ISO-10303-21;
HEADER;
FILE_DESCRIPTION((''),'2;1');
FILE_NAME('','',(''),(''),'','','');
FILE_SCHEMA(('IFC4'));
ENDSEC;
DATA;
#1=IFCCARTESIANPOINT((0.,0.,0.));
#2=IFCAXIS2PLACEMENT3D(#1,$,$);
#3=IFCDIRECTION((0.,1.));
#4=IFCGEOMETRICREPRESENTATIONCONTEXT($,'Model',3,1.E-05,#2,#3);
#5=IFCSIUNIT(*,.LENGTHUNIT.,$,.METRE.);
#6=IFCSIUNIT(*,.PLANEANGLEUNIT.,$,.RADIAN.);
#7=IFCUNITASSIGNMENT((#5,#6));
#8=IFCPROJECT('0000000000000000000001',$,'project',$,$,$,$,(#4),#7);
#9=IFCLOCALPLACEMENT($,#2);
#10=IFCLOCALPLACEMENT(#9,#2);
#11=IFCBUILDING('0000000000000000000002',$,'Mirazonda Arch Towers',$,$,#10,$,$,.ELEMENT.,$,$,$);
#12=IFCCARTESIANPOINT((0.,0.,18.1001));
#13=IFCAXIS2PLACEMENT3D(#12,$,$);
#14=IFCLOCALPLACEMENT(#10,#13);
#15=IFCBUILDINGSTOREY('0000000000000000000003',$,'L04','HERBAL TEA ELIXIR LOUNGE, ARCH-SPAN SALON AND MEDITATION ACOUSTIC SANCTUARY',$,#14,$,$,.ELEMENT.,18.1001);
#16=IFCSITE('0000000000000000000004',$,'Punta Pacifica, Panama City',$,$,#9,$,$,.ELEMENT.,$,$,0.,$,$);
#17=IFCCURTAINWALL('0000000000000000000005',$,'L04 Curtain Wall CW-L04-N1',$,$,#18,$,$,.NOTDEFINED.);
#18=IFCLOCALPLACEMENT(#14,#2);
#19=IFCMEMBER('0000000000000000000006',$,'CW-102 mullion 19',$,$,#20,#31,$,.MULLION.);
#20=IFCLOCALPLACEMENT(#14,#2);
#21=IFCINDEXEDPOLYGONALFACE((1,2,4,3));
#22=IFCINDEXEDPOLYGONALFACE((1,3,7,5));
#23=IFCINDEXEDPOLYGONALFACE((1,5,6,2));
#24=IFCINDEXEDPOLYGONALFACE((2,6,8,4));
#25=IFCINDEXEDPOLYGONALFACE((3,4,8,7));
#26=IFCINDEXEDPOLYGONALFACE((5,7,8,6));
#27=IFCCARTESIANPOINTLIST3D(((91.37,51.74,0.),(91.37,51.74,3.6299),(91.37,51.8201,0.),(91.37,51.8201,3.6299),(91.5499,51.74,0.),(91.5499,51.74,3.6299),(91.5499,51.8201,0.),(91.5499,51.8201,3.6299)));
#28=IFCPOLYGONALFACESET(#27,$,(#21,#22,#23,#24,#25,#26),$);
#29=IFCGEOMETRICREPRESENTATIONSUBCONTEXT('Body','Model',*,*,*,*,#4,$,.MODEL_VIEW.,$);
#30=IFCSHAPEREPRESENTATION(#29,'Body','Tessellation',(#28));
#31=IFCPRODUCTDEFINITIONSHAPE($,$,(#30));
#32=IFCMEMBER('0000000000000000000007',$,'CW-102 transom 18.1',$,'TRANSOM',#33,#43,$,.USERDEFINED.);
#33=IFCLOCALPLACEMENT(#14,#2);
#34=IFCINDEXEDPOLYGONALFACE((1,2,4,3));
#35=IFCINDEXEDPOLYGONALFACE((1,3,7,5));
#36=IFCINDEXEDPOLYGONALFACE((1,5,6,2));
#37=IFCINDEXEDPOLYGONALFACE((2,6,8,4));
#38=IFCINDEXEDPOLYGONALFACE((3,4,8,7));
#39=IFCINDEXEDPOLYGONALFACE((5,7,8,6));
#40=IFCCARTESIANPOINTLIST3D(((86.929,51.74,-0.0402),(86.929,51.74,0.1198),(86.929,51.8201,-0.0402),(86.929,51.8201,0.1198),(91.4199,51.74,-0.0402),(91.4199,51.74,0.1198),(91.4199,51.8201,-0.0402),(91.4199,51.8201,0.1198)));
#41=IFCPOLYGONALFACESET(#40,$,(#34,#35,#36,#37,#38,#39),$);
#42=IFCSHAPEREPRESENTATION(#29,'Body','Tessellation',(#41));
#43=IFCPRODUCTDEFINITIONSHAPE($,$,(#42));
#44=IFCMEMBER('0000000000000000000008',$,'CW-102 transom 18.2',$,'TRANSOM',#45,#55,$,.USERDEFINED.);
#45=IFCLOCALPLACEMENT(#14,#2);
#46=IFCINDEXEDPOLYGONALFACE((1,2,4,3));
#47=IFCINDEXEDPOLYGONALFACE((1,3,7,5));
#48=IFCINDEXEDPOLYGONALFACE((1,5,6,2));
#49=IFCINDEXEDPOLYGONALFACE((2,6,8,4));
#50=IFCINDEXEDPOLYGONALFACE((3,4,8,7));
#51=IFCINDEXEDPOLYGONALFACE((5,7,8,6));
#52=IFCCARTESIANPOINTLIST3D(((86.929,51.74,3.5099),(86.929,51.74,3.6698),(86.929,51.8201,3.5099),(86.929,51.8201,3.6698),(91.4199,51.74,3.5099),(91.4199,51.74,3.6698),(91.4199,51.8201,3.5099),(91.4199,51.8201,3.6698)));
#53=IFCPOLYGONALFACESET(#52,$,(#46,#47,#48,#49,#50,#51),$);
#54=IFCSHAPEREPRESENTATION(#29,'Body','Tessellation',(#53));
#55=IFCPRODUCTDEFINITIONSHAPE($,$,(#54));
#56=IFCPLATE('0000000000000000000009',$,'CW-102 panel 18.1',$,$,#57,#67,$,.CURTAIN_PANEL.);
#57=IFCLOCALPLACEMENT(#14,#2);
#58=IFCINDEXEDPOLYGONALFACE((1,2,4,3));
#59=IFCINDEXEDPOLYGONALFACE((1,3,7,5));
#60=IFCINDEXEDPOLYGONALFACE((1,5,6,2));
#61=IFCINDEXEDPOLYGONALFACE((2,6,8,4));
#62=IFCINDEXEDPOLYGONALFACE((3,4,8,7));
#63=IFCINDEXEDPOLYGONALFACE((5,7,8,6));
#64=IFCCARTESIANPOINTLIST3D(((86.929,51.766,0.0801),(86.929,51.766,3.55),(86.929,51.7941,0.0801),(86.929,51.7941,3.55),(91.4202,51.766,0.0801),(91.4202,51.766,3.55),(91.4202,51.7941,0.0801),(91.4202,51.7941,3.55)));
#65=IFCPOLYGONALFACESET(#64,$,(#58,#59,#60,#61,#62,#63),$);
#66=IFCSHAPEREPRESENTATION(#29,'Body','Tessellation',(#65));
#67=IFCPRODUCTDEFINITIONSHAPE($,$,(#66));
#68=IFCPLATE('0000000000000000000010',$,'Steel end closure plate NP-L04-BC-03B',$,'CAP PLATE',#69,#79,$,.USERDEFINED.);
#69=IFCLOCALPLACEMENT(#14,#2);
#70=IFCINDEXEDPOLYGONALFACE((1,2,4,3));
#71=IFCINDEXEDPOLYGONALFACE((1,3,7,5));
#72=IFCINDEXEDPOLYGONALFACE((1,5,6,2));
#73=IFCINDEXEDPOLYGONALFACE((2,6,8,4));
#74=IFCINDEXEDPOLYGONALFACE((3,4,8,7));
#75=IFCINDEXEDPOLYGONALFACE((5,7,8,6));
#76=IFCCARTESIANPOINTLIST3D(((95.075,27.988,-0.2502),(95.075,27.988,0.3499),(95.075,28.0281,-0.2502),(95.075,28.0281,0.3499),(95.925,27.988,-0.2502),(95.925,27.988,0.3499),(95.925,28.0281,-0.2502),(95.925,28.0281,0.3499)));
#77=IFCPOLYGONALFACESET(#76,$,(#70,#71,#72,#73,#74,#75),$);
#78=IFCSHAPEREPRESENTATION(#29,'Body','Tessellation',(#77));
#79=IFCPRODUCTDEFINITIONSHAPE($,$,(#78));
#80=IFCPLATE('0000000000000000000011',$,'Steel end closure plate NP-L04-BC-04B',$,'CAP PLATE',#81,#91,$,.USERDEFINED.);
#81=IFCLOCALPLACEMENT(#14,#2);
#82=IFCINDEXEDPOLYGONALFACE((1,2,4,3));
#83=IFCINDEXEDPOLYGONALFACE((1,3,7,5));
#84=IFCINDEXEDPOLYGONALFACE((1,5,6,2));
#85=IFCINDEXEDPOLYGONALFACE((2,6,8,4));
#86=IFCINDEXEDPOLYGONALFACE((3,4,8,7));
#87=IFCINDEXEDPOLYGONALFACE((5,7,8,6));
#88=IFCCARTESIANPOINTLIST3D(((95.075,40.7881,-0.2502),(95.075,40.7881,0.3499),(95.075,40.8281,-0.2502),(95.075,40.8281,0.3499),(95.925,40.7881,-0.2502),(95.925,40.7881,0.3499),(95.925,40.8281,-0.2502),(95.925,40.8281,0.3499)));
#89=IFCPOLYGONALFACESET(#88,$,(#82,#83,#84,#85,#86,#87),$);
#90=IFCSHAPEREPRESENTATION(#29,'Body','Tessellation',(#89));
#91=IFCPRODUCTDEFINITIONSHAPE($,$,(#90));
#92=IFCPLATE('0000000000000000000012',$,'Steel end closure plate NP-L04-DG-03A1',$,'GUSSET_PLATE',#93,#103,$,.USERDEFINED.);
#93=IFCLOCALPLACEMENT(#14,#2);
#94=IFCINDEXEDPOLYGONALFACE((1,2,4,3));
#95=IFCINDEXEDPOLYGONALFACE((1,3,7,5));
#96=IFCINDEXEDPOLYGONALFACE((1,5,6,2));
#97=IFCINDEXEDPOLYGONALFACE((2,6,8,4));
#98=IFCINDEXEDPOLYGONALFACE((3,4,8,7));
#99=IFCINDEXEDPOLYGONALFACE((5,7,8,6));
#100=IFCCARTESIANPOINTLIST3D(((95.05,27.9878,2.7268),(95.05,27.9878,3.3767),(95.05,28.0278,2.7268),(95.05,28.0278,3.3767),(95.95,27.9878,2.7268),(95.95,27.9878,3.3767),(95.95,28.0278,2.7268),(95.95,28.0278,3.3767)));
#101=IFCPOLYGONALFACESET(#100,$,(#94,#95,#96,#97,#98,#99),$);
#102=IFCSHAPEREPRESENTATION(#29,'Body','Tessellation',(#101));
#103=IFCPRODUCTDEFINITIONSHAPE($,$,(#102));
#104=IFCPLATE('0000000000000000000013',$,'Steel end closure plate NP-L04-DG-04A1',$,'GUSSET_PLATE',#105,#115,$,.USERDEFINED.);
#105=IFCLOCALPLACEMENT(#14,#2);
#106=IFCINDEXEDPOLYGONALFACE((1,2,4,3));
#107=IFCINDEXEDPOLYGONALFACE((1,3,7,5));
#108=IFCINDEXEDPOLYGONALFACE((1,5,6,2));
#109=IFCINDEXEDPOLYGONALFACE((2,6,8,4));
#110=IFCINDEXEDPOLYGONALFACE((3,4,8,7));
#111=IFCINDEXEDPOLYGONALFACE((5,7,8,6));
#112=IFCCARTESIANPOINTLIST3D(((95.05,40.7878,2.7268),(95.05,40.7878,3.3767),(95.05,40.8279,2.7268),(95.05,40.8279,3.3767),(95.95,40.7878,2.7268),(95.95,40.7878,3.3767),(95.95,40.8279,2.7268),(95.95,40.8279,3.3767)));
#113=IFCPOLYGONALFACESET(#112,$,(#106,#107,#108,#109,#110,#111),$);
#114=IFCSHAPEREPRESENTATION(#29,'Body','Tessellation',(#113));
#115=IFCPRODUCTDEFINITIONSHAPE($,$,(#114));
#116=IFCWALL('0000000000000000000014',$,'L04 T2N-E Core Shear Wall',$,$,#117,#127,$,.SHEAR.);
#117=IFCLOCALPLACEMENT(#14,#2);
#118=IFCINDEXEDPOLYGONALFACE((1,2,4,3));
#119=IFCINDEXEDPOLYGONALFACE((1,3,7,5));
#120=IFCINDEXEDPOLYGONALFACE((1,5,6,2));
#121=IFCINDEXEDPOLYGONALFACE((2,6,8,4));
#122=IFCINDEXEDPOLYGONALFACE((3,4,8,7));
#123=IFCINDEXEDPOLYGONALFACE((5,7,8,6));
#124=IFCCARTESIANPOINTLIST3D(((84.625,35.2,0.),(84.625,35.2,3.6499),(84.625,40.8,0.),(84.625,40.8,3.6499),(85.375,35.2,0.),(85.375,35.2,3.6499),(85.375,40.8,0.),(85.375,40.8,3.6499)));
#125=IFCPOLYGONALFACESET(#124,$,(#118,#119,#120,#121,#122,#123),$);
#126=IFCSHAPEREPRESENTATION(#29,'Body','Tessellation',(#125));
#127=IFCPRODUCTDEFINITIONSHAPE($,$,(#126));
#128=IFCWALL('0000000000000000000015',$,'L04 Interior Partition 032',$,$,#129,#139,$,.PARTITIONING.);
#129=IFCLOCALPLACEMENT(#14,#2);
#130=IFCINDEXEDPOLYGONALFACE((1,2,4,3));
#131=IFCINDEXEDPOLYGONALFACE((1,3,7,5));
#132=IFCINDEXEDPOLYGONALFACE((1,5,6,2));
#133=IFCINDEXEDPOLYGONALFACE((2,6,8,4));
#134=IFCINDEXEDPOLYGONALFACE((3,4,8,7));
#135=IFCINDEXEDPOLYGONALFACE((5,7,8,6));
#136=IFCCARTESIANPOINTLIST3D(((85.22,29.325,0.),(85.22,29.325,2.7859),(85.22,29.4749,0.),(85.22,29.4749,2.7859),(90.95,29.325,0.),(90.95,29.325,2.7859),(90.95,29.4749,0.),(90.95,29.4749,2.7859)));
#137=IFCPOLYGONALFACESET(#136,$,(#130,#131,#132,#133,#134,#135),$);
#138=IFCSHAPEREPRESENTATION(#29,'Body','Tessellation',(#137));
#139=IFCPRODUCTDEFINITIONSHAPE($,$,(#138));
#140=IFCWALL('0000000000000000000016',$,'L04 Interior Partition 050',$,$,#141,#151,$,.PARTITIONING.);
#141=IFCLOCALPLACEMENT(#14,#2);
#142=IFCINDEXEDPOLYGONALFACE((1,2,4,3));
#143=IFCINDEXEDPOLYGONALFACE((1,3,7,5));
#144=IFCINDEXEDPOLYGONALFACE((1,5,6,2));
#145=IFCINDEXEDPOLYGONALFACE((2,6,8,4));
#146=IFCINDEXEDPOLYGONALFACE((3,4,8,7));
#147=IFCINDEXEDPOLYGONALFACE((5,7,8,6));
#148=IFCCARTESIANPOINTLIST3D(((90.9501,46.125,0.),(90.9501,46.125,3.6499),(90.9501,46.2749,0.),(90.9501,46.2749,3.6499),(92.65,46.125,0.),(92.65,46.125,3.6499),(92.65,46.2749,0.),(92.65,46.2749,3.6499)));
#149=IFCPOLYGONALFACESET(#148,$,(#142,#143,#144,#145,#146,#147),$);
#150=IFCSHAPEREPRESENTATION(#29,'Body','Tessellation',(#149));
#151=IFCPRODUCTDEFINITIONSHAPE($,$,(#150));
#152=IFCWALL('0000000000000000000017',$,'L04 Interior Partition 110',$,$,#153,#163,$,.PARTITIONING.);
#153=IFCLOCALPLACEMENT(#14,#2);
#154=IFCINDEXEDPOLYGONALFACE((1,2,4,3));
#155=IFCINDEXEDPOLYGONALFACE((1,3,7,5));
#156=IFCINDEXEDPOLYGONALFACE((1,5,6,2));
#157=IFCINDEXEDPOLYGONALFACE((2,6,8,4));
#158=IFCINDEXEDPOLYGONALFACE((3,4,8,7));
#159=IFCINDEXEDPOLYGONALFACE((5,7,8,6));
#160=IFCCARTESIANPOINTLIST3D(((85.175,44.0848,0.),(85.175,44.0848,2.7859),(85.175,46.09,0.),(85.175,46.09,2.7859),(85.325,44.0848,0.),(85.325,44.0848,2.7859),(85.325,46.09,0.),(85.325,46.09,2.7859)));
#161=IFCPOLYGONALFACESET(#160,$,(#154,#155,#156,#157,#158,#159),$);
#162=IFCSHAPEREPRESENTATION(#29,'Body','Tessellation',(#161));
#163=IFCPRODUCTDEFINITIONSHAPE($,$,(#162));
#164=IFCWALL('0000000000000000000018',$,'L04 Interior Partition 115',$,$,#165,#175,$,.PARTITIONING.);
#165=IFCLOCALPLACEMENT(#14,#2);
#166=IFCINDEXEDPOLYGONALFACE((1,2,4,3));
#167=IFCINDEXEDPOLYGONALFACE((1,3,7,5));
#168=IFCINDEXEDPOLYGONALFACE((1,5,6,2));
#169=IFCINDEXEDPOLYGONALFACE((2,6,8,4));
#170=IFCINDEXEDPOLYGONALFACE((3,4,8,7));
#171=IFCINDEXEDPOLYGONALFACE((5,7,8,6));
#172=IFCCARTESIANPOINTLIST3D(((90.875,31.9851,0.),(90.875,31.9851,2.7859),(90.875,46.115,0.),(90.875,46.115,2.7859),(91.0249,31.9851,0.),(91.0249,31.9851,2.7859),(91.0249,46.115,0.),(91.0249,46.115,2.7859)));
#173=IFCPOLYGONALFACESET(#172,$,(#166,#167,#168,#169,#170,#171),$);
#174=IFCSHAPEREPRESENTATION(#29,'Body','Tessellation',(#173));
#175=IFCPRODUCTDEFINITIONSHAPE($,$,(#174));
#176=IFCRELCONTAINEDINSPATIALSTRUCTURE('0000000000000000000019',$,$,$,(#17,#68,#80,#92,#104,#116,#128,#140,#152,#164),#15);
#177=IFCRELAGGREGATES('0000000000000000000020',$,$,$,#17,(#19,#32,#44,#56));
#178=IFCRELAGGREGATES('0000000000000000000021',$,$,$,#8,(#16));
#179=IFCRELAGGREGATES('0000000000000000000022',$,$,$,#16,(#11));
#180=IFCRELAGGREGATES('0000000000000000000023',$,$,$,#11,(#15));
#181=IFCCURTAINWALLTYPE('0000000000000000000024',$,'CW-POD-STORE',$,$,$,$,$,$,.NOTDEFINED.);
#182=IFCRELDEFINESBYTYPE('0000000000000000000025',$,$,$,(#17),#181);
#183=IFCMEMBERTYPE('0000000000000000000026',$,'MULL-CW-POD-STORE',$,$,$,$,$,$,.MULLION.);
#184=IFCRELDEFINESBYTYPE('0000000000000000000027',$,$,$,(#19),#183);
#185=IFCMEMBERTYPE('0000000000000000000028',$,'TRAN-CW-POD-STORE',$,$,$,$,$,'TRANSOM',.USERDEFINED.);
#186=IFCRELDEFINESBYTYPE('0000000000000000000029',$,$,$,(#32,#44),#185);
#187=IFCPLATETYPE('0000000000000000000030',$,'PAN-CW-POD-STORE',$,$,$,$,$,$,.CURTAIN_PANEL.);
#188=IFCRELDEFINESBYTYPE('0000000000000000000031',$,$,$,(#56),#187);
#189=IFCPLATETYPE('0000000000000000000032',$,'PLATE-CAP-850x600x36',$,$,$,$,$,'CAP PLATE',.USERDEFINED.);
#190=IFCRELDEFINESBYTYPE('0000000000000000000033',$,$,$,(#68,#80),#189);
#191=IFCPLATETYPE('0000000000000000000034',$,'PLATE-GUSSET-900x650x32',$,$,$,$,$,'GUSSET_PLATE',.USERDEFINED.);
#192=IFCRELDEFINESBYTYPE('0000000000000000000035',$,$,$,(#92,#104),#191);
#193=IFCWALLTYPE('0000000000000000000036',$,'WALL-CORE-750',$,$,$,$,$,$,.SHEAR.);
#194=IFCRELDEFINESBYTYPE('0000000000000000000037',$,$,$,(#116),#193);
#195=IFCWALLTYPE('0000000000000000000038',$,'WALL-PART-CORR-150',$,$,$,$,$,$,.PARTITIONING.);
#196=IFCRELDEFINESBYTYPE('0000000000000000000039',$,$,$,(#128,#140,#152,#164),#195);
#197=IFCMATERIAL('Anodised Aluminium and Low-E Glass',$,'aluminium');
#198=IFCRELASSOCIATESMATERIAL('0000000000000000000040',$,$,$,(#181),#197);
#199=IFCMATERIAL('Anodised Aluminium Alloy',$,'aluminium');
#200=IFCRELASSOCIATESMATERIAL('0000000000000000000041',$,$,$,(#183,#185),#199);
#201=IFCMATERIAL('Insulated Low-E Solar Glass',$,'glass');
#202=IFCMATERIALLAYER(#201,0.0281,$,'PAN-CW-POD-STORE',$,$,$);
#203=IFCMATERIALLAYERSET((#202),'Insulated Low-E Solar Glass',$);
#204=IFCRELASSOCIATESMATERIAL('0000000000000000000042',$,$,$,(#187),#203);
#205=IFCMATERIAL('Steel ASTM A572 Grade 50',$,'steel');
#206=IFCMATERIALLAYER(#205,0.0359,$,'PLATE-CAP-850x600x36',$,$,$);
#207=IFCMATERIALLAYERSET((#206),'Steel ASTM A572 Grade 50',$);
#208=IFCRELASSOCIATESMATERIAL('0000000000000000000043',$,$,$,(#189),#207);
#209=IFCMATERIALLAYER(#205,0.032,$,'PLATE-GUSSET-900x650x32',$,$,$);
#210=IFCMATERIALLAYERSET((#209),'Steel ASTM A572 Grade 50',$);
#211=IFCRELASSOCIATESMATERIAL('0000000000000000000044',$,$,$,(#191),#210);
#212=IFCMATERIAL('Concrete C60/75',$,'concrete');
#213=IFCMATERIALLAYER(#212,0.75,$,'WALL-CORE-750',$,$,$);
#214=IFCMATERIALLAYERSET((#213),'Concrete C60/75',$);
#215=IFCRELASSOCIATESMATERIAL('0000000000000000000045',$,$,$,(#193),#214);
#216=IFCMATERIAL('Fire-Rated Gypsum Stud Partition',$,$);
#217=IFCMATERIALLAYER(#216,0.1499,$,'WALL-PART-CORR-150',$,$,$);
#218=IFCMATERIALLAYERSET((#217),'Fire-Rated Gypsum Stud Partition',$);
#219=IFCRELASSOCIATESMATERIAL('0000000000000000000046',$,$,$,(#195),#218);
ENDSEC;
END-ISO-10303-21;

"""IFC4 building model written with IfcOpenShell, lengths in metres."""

from ifc_helpers import new_model, si_unit, direction, frame, frame_2d, origin, origin_2d, place, context, subcontext, project, spatial, rectangle, extrude, material, layer, layer_set, material_profile, profile_set, type_object, element, aggregate, save


model = new_model("IFC4")

# Units and contexts
model_context = context("Model", 3, precision=1e-05, world=origin(), true_north=direction((0.0, 1.0)))
body_context = subcontext(model_context, "Body", "Model", "MODEL_VIEW")
ifc_project = project(units=[si_unit("LENGTHUNIT", "METRE"), si_unit("PLANEANGLEUNIT", "RADIAN")], contexts=[model_context])

# Site, building, storey
site_placement = place(None, origin())
site = spatial("IfcSite", under=ifc_project, at=site_placement, Name="Punta Pacifica, Panama City", CompositionType="ELEMENT", RefElevation=0.0)
building_placement = place(site_placement, origin())
building = spatial("IfcBuilding", under=site, at=building_placement, Name="Mirazonda Arch Towers", CompositionType="ELEMENT")
storey_placement = place(building_placement, frame((0.0, 0.0, 18.1001)))
storey = spatial("IfcBuildingStorey", under=building, at=storey_placement, Name="L04", Description="HERBAL TEA ELIXIR LOUNGE, ARCH-SPAN SALON AND MEDITATION ACOUSTIC SANCTUARY", CompositionType="ELEMENT", Elevation=18.1001)

# Shared definitions
ifc_material_1 = material(Name="Concrete C60/75", Category="concrete")
ifc_material_2 = material(Name="Steel ASTM A572 Grade 50", Category="steel")

# Curtain wall, members, plate
ifc_material_3 = material(Name="Anodised Aluminium and Low-E Glass", Category="aluminium")
curtain_wall_type = type_object("IfcCurtainWallType", Name="CW-POD-STORE", PredefinedType="NOTDEFINED", material=ifc_material_3)
curtain_wall_placement = place(storey_placement, origin())
curtain_wall = element("IfcCurtainWall", 1, at=curtain_wall_placement, inside=storey, type_object=curtain_wall_type, Name="L04 Curtain Wall CW-L04-N1", PredefinedType="NOTDEFINED")
ifc_material_4 = material(Name="Anodised Aluminium Alloy", Category="aluminium")
ifc_material_profile_1 = material_profile(ifc_material_4, rectangle(XDim=0.0801, YDim=0.1799, at=origin_2d()), Name="ALU-MULL-80x180")
ifc_profile_set_1 = profile_set([ifc_material_profile_1], Name="Anodised Aluminium Alloy")
member_type_1 = type_object("IfcMemberType", Name="MULL-CW-POD-STORE", PredefinedType="MULLION", material=ifc_profile_set_1)
member_1_placement = place(storey_placement, frame((91.46, 51.78, 0.0), z_axis=(0.0, 0.0, 1.0), x_axis=(0.0, 1.0, 0.0)))
member_1 = element("IfcMember", 2, at=member_1_placement, type_object=member_type_1, Name="CW-102 mullion 19", PredefinedType="MULLION", context=body_context, shape_type="SweptSolid", body=[
    extrude(rectangle(XDim=0.0801, YDim=0.1799, at=origin_2d()), origin(), (0.0, 0.0, 1.0), 3.6299),
])
ifc_material_profile_2 = material_profile(ifc_material_4, rectangle(XDim=0.0801, YDim=0.1599, at=origin_2d()), Name="ALU-TRAN-80x160")
ifc_profile_set_2 = profile_set([ifc_material_profile_2], Name="Anodised Aluminium Alloy")
member_type_2 = type_object("IfcMemberType", Name="TRAN-CW-POD-STORE", ElementType="TRANSOM", PredefinedType="USERDEFINED", material=ifc_profile_set_2)
member_2_placement = place(storey_placement, frame((86.929, 51.78, 0.0398), z_axis=(1.0, 0.0, 0.0), x_axis=(0.0, 1.0, 0.0)))
member_2 = element("IfcMember", 3, at=member_2_placement, type_object=member_type_2, Name="CW-102 transom 18.1", ObjectType="TRANSOM", PredefinedType="USERDEFINED", context=body_context, shape_type="SweptSolid", body=[
    extrude(rectangle(XDim=0.0801, YDim=0.1599, at=origin_2d()), origin(), (0.0, 0.0, 1.0), 4.491),
])
member_3_placement = place(storey_placement, frame((86.929, 51.78, 3.5898), z_axis=(1.0, 0.0, 0.0), x_axis=(0.0, 1.0, 0.0)))
member_3 = element("IfcMember", 4, at=member_3_placement, type_object=member_type_2, Name="CW-102 transom 18.2", ObjectType="TRANSOM", PredefinedType="USERDEFINED", context=body_context, shape_type="SweptSolid", body=[
    extrude(rectangle(XDim=0.0801, YDim=0.1599, at=origin_2d()), origin(), (0.0, 0.0, 1.0), 4.491),
])
ifc_material_5 = material(Name="Insulated Low-E Solar Glass", Category="glass")
ifc_layer_1 = layer(ifc_material_5, 0.0281, Name="PAN-CW-POD-STORE")
ifc_layer_set_1 = layer_set([ifc_layer_1], Name="Insulated Low-E Solar Glass")
plate_type_1 = type_object("IfcPlateType", Name="PAN-CW-POD-STORE", PredefinedType="CURTAIN_PANEL", material=ifc_layer_set_1)
plate_placement = place(storey_placement, frame((89.1746, 51.78, 0.0801), z_axis=(0.0, 0.0, 1.0), x_axis=(1.0, 0.0, 0.0)))
plate = element("IfcPlate", 5, at=plate_placement, type_object=plate_type_1, Name="CW-102 panel 18.1", PredefinedType="CURTAIN_PANEL", context=body_context, shape_type="SweptSolid", body=[
    extrude(rectangle(XDim=4.4912, YDim=0.0281, at=origin_2d()), origin(), (0.0, 0.0, 1.0), 3.47),
])
aggregate(curtain_wall, [member_1, member_2, member_3, plate])

# Plates
ifc_layer_2 = layer(ifc_material_2, 0.0359, Name="PLATE-CAP-850x600x36")
ifc_layer_set_2 = layer_set([ifc_layer_2], Name="Steel ASTM A572 Grade 50")
plate_type_2 = type_object("IfcPlateType", Name="PLATE-CAP-850x600x36", ElementType="CAP PLATE", PredefinedType="USERDEFINED", material=ifc_layer_set_2)
for number, where, z_axis, x_axis, name in (
    (6, (95.5, 28.0081, -0.2502), (0.0, 0.0, 1.0), (0.0, 1.0, 0.0), "Steel end closure plate NP-L04-BC-03B"),
    (7, (95.5, 40.8081, -0.2502), (0.0, 0.0, 1.0), (0.0, 1.0, 0.0), "Steel end closure plate NP-L04-BC-04B"),
):
    element("IfcPlate", number, at=place(storey_placement, frame(where, z_axis=z_axis, x_axis=x_axis)), inside=storey, type_object=plate_type_2, Name=name, ObjectType="CAP PLATE", PredefinedType="USERDEFINED", context=body_context, shape_type="SweptSolid", body=[
        extrude(rectangle(XDim=0.04, YDim=0.8501, at=origin_2d()), origin(), (0.0, 0.0, 1.0), 0.6001),
    ])
ifc_layer_3 = layer(ifc_material_2, 0.032, Name="PLATE-GUSSET-900x650x32")
ifc_layer_set_3 = layer_set([ifc_layer_3], Name="Steel ASTM A572 Grade 50")
plate_type_3 = type_object("IfcPlateType", Name="PLATE-GUSSET-900x650x32", ElementType="GUSSET_PLATE", PredefinedType="USERDEFINED", material=ifc_layer_set_3)
for number, where, z_axis, x_axis, name in (
    (8, (95.5, 28.0078, 2.7268), (0.0, 0.0, 1.0), (0.0, 1.0, 0.0), "Steel end closure plate NP-L04-DG-03A1"),
    (9, (95.5, 40.8079, 2.7268), (0.0, 0.0, 1.0), (0.0, 1.0, 0.0), "Steel end closure plate NP-L04-DG-04A1"),
):
    element("IfcPlate", number, at=place(storey_placement, frame(where, z_axis=z_axis, x_axis=x_axis)), inside=storey, type_object=plate_type_3, Name=name, ObjectType="GUSSET_PLATE", PredefinedType="USERDEFINED", context=body_context, shape_type="SweptSolid", body=[
        extrude(rectangle(XDim=0.04, YDim=0.8999, at=origin_2d()), origin(), (0.0, 0.0, 1.0), 0.6499),
    ])

# Walls
ifc_layer_4 = layer(ifc_material_1, 0.75, Name="WALL-CORE-750")
ifc_layer_set_4 = layer_set([ifc_layer_4], Name="Concrete C60/75")
wall_type_1 = type_object("IfcWallType", Name="WALL-CORE-750", PredefinedType="SHEAR", material=ifc_layer_set_4)
wall_1_placement = place(storey_placement, frame((85.0, 35.2, 0.0), z_axis=(0.0, 0.0, 1.0), x_axis=(0.0, 1.0, 0.0)))
element("IfcWall", 10, at=wall_1_placement, inside=storey, type_object=wall_type_1, Name="L04 T2N-E Core Shear Wall", PredefinedType="SHEAR", context=body_context, shape_type="SweptSolid", body=[
    extrude(rectangle(XDim=5.6001, YDim=0.75, at=frame_2d((2.8, 0.0))), origin(), (0.0, 0.0, 1.0), 3.6499),
])
ifc_material_6 = material(Name="Fire-Rated Gypsum Stud Partition")
ifc_layer_5 = layer(ifc_material_6, 0.1499, Name="WALL-PART-CORR-150")
ifc_layer_set_5 = layer_set([ifc_layer_5], Name="Fire-Rated Gypsum Stud Partition")
wall_type_2 = type_object("IfcWallType", Name="WALL-PART-CORR-150", PredefinedType="PARTITIONING", material=ifc_layer_set_5)
wall_2_placement = place(storey_placement, frame((85.22, 29.3999, 0.0), z_axis=(0.0, 0.0, 1.0), x_axis=(1.0, 0.0, 0.0)))
element("IfcWall", 11, at=wall_2_placement, inside=storey, type_object=wall_type_2, Name="L04 Interior Partition 032", PredefinedType="PARTITIONING", context=body_context, shape_type="SweptSolid", body=[
    extrude(rectangle(XDim=5.73, YDim=0.1499, at=frame_2d((2.865, 0.0))), origin(), (0.0, 0.0, 1.0), 2.7859),
])
wall_3_placement = place(storey_placement, frame((90.95, 46.2, 0.0), z_axis=(0.0, 0.0, 1.0), x_axis=(1.0, 0.0, 0.0)))
element("IfcWall", 12, at=wall_3_placement, inside=storey, type_object=wall_type_2, Name="L04 Interior Partition 050", PredefinedType="PARTITIONING", context=body_context, shape_type="SweptSolid", body=[
    extrude(rectangle(XDim=1.7, YDim=0.1499, at=frame_2d((0.8501, 0.0))), origin(), (0.0, 0.0, 1.0), 3.6499),
])
wall_4_placement = place(storey_placement, frame((85.25, 44.085, 0.0), z_axis=(0.0, 0.0, 1.0), x_axis=(0.0, 1.0, 0.0)))
element("IfcWall", 13, at=wall_4_placement, inside=storey, type_object=wall_type_2, Name="L04 Interior Partition 110", PredefinedType="PARTITIONING", context=body_context, shape_type="SweptSolid", body=[
    extrude(rectangle(XDim=2.0051, YDim=0.1499, at=frame_2d((1.0024, 0.0))), origin(), (0.0, 0.0, 1.0), 2.7859),
])
wall_5_placement = place(storey_placement, frame((90.95, 31.9851, 0.0), z_axis=(0.0, 0.0, 1.0), x_axis=(0.0, 1.0, 0.0)))
element("IfcWall", 14, at=wall_5_placement, inside=storey, type_object=wall_type_2, Name="L04 Interior Partition 115", PredefinedType="PARTITIONING", context=body_context, shape_type="SweptSolid", body=[
    extrude(rectangle(XDim=14.1299, YDim=0.1499, at=frame_2d((7.0649, 0.0))), origin(), (0.0, 0.0, 1.0), 2.7859),
])

save(model, "model.ifc")
